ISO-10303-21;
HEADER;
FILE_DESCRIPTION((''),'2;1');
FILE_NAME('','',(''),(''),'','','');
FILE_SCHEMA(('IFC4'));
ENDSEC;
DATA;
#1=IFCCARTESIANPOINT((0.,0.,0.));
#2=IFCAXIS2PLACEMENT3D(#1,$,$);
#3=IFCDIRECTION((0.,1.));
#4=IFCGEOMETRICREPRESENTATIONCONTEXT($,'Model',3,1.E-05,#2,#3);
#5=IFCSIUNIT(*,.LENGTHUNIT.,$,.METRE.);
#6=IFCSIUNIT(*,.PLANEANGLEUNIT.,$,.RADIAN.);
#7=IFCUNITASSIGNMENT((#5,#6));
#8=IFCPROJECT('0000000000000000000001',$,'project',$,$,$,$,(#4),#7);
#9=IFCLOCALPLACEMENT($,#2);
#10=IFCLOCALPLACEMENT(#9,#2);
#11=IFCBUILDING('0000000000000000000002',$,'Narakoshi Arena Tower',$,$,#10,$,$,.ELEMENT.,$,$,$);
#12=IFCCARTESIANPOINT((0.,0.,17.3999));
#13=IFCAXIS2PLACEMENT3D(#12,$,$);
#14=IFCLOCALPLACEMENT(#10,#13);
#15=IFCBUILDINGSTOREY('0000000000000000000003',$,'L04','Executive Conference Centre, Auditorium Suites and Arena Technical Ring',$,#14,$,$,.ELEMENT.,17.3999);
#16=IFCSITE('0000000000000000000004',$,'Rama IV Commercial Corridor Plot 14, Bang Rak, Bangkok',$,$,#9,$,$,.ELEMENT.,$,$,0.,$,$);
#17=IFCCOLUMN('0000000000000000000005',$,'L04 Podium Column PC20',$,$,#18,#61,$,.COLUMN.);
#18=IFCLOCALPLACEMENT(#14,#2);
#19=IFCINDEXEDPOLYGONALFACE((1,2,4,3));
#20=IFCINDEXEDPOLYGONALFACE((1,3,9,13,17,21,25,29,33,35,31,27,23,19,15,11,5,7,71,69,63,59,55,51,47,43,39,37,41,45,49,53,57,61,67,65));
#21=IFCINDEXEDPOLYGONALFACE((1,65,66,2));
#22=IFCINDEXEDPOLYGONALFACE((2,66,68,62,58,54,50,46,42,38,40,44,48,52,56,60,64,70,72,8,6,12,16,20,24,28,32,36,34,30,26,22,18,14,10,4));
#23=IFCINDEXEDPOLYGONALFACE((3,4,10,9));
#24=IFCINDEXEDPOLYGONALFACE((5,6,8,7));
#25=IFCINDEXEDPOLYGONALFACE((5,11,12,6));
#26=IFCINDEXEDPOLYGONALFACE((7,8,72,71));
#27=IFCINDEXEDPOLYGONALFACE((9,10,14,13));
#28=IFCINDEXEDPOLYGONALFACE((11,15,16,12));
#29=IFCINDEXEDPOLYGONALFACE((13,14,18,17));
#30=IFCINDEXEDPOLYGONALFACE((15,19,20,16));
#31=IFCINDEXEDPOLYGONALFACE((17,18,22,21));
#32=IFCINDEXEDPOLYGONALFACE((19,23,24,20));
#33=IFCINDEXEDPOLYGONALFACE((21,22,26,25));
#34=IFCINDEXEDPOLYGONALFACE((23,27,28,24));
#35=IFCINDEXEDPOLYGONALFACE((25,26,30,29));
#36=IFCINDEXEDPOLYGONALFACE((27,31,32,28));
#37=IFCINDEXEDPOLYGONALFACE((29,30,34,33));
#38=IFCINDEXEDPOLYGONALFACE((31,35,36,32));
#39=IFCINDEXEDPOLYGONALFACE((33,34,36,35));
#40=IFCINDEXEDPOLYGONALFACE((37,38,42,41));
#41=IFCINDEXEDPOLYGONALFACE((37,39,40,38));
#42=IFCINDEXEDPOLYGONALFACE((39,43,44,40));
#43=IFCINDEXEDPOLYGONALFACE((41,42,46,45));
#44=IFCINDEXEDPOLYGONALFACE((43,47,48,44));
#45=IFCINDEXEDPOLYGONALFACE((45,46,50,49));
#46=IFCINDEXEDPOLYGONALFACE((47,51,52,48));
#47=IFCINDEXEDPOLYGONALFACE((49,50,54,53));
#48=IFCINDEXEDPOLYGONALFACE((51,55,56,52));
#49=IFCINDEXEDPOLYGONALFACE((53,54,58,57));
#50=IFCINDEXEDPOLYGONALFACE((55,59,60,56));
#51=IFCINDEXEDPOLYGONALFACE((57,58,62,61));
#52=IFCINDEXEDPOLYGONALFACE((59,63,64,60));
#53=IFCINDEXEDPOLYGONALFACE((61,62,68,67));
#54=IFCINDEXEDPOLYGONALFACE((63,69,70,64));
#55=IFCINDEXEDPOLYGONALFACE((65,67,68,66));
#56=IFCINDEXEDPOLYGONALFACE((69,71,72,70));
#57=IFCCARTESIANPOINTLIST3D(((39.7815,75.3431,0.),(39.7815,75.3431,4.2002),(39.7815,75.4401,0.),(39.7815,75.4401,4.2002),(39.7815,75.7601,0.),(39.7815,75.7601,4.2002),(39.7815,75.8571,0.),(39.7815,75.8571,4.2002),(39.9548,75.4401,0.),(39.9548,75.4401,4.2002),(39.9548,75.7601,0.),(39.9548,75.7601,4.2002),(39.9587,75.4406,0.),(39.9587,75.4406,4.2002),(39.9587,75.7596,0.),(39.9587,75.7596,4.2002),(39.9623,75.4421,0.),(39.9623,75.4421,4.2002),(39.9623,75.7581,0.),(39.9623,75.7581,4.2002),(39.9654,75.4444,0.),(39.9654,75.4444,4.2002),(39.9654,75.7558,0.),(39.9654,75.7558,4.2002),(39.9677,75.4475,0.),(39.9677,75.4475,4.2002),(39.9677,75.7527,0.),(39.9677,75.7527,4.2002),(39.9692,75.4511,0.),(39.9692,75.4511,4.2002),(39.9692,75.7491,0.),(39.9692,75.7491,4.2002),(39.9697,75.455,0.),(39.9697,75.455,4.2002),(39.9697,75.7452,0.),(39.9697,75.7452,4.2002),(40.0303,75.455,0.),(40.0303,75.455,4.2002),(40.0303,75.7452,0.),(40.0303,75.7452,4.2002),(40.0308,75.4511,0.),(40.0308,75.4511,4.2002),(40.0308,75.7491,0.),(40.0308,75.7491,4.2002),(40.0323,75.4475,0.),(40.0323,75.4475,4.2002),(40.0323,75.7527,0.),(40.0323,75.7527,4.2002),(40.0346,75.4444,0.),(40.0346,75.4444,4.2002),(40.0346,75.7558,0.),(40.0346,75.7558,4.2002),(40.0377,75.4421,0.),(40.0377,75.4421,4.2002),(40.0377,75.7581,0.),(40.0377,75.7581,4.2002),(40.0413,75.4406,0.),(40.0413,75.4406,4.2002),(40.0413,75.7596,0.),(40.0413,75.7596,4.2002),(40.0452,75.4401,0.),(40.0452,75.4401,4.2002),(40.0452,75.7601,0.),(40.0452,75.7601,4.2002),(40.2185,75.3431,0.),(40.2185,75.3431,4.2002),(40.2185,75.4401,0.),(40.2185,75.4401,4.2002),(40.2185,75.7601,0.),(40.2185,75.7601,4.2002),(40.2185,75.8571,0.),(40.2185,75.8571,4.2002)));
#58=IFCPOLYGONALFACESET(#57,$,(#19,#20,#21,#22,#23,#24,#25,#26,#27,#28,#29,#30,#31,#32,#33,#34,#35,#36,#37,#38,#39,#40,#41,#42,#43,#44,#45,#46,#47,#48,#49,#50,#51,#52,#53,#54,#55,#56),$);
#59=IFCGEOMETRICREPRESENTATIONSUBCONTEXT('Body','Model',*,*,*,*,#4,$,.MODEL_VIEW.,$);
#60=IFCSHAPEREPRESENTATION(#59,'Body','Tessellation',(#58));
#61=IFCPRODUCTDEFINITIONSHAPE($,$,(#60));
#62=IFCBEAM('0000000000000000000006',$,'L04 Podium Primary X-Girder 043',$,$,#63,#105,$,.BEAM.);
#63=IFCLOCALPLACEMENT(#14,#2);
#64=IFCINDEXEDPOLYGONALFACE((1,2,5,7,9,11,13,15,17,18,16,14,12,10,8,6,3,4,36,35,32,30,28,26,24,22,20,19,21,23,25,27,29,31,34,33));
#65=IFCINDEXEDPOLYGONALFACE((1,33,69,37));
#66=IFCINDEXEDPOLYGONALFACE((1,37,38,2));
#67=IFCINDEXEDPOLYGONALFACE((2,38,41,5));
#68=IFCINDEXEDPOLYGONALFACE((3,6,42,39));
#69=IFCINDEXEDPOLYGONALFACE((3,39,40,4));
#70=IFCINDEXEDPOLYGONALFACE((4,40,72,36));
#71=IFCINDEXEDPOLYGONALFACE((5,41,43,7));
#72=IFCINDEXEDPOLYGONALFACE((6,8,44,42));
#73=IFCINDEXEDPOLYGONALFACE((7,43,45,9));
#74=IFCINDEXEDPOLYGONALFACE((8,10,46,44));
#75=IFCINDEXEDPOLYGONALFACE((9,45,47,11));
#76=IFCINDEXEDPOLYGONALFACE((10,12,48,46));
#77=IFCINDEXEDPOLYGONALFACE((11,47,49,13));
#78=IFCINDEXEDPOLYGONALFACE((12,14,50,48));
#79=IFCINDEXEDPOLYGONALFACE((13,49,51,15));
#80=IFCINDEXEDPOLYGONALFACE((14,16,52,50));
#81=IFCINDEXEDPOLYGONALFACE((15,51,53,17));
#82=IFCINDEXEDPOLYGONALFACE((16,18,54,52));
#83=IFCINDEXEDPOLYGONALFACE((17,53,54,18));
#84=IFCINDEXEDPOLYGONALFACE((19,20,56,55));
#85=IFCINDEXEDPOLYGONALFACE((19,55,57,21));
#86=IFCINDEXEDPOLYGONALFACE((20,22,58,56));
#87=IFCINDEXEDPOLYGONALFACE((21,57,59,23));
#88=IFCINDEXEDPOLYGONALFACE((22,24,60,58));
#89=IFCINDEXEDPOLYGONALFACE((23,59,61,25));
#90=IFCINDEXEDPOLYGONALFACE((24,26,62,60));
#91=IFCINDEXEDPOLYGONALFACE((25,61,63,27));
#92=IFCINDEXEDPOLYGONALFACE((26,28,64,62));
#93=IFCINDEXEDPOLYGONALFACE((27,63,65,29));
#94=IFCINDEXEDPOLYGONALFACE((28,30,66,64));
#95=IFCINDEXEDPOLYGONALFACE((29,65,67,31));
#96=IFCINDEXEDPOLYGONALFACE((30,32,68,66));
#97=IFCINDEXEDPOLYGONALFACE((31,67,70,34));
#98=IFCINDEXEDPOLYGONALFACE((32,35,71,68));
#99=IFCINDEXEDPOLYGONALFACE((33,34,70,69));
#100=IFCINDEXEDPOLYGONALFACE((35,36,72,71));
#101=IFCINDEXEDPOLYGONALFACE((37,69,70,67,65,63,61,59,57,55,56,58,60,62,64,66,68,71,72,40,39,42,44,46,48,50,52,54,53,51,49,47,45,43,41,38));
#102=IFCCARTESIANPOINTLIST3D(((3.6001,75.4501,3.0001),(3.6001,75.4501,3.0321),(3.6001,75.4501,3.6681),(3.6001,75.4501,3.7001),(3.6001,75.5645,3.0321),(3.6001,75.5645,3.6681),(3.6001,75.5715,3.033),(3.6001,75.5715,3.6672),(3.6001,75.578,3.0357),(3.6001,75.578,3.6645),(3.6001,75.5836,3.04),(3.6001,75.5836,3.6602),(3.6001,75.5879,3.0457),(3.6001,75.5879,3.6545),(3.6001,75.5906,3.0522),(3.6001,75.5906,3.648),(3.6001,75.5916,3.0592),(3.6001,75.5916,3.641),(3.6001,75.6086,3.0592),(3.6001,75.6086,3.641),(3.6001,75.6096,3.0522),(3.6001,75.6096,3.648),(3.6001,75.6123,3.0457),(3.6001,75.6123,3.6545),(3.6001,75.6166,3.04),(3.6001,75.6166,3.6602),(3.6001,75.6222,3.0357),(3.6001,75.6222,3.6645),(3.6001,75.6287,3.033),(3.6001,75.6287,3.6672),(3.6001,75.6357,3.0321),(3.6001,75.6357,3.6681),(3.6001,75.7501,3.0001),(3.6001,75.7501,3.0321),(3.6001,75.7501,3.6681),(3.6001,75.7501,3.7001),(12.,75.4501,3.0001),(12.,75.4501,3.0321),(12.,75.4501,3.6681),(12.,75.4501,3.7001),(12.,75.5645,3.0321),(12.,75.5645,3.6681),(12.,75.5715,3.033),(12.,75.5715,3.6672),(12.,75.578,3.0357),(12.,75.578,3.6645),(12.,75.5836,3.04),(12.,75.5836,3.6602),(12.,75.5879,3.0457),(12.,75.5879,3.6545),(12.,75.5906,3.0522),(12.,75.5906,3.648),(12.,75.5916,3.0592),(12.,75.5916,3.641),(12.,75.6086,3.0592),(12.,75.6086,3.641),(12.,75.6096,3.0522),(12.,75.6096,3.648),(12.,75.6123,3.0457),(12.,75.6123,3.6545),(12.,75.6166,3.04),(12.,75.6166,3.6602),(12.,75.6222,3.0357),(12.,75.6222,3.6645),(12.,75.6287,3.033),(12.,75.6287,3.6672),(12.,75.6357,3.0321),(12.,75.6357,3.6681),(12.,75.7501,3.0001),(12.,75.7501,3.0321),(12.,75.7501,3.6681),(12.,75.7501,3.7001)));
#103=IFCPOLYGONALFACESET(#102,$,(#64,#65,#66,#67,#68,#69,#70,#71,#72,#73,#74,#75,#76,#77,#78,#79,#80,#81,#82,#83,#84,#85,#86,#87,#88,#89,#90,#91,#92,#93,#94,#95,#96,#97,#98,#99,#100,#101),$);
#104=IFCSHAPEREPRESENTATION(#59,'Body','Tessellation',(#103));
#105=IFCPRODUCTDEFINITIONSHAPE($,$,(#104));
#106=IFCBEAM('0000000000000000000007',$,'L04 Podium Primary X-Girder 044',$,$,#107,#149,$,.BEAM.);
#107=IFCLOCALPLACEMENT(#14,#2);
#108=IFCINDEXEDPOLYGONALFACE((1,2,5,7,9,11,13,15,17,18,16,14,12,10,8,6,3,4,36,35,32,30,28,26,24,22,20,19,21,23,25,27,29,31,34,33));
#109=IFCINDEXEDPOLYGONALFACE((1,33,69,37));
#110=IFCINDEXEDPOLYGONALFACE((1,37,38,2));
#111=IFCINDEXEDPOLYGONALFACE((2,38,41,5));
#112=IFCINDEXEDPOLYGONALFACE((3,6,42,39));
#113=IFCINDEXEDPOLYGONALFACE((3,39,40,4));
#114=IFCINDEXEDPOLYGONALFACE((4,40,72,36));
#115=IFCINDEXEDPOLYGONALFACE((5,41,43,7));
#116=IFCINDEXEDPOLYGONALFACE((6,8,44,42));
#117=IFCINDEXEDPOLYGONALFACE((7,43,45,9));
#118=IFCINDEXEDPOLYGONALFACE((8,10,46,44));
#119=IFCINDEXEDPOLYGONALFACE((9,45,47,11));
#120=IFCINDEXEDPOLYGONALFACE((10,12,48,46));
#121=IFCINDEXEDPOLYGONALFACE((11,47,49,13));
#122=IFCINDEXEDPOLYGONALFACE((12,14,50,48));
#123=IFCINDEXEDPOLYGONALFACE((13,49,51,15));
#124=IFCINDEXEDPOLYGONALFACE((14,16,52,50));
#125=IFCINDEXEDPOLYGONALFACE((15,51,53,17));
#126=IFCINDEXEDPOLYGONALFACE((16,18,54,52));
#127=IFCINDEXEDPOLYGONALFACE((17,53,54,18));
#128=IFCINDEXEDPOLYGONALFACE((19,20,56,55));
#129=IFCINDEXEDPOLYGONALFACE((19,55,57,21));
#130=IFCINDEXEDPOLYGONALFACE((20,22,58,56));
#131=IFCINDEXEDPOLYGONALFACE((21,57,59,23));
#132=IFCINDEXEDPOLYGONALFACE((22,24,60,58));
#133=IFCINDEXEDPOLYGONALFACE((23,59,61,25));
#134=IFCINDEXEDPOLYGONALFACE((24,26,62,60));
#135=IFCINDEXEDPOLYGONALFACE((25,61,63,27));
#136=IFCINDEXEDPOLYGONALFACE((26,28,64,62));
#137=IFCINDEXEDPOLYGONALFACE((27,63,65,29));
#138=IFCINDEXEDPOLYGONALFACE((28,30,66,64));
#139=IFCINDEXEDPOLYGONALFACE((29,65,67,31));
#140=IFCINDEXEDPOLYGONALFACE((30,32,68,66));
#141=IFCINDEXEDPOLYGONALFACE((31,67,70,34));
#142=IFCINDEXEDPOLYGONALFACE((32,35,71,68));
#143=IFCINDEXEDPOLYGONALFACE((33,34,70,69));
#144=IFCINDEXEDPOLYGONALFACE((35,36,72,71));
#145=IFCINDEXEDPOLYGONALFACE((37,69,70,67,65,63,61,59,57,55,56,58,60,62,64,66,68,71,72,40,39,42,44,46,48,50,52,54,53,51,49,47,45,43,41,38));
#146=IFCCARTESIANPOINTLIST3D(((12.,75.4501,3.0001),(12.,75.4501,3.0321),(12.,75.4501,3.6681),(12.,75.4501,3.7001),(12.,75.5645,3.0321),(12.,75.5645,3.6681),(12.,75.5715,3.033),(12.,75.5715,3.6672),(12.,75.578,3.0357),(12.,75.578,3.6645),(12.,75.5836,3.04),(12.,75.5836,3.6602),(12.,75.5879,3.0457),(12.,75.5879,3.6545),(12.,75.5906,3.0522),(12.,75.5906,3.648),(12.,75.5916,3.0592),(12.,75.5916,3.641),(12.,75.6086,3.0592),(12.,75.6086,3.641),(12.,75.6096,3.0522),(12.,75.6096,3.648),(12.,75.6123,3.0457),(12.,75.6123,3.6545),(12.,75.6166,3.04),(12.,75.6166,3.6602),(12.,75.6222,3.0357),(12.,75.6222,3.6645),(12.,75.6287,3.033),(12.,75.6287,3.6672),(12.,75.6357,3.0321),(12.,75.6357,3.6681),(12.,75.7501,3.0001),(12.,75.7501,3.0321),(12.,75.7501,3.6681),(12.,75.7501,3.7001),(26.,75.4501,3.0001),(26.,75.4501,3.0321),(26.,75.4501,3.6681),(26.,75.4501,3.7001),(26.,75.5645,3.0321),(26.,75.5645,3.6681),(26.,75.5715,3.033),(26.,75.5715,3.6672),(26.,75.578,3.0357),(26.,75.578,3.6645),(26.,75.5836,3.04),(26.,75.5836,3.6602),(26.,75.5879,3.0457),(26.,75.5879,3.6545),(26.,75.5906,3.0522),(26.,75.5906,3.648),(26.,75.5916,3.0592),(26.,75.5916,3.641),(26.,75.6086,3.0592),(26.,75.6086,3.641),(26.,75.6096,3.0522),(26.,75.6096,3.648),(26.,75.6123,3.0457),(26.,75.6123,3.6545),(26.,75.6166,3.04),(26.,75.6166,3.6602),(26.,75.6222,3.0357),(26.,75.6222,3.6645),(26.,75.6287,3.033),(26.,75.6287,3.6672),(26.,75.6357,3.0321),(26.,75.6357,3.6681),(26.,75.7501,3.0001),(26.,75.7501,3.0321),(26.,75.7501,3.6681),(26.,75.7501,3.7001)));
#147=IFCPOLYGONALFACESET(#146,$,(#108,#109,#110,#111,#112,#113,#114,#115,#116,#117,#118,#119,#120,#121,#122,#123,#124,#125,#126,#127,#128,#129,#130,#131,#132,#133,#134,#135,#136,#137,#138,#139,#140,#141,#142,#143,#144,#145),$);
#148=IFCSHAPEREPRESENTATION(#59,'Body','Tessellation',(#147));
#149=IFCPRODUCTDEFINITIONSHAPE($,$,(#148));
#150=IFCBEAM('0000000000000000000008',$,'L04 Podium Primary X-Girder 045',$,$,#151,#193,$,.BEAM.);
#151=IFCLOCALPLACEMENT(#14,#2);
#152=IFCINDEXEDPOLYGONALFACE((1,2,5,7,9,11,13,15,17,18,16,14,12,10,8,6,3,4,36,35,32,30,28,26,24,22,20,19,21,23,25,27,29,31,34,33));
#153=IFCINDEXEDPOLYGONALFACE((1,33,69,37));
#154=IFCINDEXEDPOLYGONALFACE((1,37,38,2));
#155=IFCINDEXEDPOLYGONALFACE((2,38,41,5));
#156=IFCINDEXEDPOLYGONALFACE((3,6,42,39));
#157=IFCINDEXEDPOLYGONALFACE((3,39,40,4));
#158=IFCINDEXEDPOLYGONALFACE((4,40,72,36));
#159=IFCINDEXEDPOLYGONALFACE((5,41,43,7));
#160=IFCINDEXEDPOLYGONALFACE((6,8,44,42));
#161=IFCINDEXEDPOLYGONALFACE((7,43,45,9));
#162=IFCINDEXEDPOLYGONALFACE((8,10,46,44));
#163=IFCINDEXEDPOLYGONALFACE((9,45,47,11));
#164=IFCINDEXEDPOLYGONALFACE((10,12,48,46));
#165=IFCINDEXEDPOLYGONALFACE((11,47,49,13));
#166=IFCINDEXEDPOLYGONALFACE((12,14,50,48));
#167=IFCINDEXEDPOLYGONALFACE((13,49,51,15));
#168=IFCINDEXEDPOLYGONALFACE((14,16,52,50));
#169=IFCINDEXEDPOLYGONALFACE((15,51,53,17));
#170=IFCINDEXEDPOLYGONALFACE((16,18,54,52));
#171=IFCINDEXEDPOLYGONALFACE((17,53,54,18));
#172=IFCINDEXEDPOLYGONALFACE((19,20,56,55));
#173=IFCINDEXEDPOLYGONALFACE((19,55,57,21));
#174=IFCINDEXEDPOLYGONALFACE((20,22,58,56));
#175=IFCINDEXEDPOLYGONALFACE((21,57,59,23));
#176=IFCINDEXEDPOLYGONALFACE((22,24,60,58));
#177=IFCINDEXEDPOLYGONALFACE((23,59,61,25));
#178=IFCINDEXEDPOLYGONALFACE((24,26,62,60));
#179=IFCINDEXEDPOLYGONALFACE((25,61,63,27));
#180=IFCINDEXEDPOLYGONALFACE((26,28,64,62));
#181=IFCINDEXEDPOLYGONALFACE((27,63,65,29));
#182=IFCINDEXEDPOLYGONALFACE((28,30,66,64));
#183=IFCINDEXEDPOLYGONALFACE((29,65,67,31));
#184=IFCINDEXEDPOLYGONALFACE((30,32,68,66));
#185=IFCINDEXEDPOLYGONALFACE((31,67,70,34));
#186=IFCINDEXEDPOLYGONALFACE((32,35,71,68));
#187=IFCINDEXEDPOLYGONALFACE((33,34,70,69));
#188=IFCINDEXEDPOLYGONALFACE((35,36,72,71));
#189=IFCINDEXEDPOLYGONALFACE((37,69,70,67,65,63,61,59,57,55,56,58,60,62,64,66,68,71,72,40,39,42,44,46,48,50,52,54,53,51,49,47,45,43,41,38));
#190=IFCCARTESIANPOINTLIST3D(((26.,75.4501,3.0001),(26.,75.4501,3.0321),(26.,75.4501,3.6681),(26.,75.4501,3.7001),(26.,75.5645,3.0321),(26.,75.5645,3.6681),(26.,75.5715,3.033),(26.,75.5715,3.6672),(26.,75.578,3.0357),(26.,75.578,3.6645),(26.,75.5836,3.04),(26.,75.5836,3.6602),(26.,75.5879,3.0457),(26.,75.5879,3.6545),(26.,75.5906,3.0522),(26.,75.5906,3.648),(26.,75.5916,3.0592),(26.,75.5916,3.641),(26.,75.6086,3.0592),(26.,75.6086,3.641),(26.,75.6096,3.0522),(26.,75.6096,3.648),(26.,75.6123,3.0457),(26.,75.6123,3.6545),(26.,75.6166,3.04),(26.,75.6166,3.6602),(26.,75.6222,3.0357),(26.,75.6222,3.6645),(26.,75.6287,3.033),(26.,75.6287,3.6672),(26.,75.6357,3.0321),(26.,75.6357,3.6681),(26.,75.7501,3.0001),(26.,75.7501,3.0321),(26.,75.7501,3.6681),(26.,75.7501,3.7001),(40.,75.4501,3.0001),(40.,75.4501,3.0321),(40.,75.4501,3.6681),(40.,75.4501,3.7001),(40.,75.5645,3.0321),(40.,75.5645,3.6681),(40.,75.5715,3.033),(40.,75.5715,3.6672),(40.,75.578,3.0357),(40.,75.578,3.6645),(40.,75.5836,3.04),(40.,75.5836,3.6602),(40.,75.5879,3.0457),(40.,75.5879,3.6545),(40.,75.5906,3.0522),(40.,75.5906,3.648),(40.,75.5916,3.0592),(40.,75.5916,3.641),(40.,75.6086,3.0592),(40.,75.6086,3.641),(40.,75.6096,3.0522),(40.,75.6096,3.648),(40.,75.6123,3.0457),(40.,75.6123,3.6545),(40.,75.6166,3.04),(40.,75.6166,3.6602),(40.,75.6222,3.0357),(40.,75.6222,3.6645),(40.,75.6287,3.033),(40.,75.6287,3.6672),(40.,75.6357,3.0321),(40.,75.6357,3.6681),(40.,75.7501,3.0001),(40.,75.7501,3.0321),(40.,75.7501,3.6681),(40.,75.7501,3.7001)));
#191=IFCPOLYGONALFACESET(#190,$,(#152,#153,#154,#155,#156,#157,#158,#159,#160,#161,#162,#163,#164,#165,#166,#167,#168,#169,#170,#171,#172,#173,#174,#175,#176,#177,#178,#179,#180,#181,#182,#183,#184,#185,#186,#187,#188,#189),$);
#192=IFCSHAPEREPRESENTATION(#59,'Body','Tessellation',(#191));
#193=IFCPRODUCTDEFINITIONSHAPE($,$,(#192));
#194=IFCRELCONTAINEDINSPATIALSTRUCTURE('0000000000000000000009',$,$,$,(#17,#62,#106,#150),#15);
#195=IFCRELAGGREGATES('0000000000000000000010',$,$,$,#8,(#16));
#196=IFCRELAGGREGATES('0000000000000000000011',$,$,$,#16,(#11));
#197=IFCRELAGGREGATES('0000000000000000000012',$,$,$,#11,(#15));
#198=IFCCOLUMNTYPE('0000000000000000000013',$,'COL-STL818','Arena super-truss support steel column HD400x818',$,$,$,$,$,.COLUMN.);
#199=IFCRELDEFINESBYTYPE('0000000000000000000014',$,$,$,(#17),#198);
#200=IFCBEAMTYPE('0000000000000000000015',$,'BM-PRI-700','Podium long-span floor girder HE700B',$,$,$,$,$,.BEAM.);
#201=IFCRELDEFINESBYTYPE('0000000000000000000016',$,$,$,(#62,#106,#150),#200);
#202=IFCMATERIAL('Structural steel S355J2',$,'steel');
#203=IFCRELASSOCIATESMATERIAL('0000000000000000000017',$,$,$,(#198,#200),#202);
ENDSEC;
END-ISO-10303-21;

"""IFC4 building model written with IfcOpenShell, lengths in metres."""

from ifc_helpers import new_model, si_unit, direction, frame, origin, origin_2d, place, context, subcontext, project, spatial, i_section, extrude, material, material_profile, profile_set, type_object, element, save


model = new_model("IFC4")

# Units and contexts
model_context = context("Model", 3, precision=1e-05, world=origin(), true_north=direction((0.0, 1.0)))
body_context = subcontext(model_context, "Body", "Model", "MODEL_VIEW")
ifc_project = project(units=[si_unit("LENGTHUNIT", "METRE"), si_unit("PLANEANGLEUNIT", "RADIAN")], contexts=[model_context])

# Site, building, storey
site_placement = place(None, origin())
site = spatial("IfcSite", under=ifc_project, at=site_placement, Name="Rama IV Commercial Corridor Plot 14, Bang Rak, Bangkok", CompositionType="ELEMENT", RefElevation=0.0)
building_placement = place(site_placement, origin())
building = spatial("IfcBuilding", under=site, at=building_placement, Name="Narakoshi Arena Tower", CompositionType="ELEMENT")
storey_placement = place(building_placement, frame((0.0, 0.0, 17.3999)))
storey = spatial("IfcBuildingStorey", under=building, at=storey_placement, Name="L04", Description="Executive Conference Centre, Auditorium Suites and Arena Technical Ring", CompositionType="ELEMENT", Elevation=17.3999)

# Column
ifc_material_1 = material(Name="Structural steel S355J2", Category="steel")
ifc_material_profile_1 = material_profile(ifc_material_1, i_section(OverallWidth=0.437, OverallDepth=0.5139, WebThickness=0.0605, FlangeThickness=0.0969, FilletRadius=0.0149, at=origin_2d()), Name="HD400x818")
ifc_profile_set_1 = profile_set([ifc_material_profile_1], Name="Structural steel S355J2")
column_type_1 = type_object("IfcColumnType", Name="COL-STL818", Description="Arena super-truss support steel column HD400x818", PredefinedType="COLUMN", material=ifc_profile_set_1)
for number, where, z_axis, x_axis, name in (
    (1, (40.0, 75.6001, 0.0), (0.0, 0.0, 1.0), (1.0, 0.0, 0.0), "L04 Podium Column PC20"),
):
    element("IfcColumn", number, at=place(storey_placement, frame(where, z_axis=z_axis, x_axis=x_axis)), inside=storey, type_object=column_type_1, Name=name, PredefinedType="COLUMN", context=body_context, shape_type="SweptSolid", body=[
        extrude(i_section(OverallWidth=0.437, OverallDepth=0.5139, WebThickness=0.0605, FlangeThickness=0.0969, FilletRadius=0.0149, at=origin_2d()), origin(), (0.0, 0.0, 1.0), 4.2002),
    ])

# Beams
ifc_material_profile_2 = material_profile(ifc_material_1, i_section(OverallWidth=0.3, OverallDepth=0.7, WebThickness=0.0171, FlangeThickness=0.032, FilletRadius=0.0271, at=origin_2d()), Name="HE700B")
ifc_profile_set_2 = profile_set([ifc_material_profile_2], Name="Structural steel S355J2")
beam_type_1 = type_object("IfcBeamType", Name="BM-PRI-700", Description="Podium long-span floor girder HE700B", PredefinedType="BEAM", material=ifc_profile_set_2)
beam_1_placement = place(storey_placement, frame((3.6001, 75.6001, 3.3501), z_axis=(1.0, 0.0, 0.0), x_axis=(0.0, 1.0, 0.0)))
element("IfcBeam", 2, at=beam_1_placement, inside=storey, type_object=beam_type_1, Name="L04 Podium Primary X-Girder 043", PredefinedType="BEAM", context=body_context, shape_type="SweptSolid", body=[
    extrude(i_section(OverallWidth=0.3, OverallDepth=0.7, WebThickness=0.0171, FlangeThickness=0.032, FilletRadius=0.0271, at=origin_2d()), origin(), (0.0, 0.0, 1.0), 8.3999),
])
for number, where, z_axis, x_axis, name in (
    (3, (12.0, 75.6001, 3.3501), (1.0, 0.0, 0.0), (0.0, 1.0, 0.0), "L04 Podium Primary X-Girder 044"),
    (4, (26.0, 75.6001, 3.3501), (1.0, 0.0, 0.0), (0.0, 1.0, 0.0), "L04 Podium Primary X-Girder 045"),
):
    element("IfcBeam", number, at=place(storey_placement, frame(where, z_axis=z_axis, x_axis=x_axis)), inside=storey, type_object=beam_type_1, Name=name, PredefinedType="BEAM", context=body_context, shape_type="SweptSolid", body=[
        extrude(i_section(OverallWidth=0.3, OverallDepth=0.7, WebThickness=0.0171, FlangeThickness=0.032, FilletRadius=0.0271, at=origin_2d()), origin(), (0.0, 0.0, 1.0), 14.0),
    ])

save(model, "model.ifc")
